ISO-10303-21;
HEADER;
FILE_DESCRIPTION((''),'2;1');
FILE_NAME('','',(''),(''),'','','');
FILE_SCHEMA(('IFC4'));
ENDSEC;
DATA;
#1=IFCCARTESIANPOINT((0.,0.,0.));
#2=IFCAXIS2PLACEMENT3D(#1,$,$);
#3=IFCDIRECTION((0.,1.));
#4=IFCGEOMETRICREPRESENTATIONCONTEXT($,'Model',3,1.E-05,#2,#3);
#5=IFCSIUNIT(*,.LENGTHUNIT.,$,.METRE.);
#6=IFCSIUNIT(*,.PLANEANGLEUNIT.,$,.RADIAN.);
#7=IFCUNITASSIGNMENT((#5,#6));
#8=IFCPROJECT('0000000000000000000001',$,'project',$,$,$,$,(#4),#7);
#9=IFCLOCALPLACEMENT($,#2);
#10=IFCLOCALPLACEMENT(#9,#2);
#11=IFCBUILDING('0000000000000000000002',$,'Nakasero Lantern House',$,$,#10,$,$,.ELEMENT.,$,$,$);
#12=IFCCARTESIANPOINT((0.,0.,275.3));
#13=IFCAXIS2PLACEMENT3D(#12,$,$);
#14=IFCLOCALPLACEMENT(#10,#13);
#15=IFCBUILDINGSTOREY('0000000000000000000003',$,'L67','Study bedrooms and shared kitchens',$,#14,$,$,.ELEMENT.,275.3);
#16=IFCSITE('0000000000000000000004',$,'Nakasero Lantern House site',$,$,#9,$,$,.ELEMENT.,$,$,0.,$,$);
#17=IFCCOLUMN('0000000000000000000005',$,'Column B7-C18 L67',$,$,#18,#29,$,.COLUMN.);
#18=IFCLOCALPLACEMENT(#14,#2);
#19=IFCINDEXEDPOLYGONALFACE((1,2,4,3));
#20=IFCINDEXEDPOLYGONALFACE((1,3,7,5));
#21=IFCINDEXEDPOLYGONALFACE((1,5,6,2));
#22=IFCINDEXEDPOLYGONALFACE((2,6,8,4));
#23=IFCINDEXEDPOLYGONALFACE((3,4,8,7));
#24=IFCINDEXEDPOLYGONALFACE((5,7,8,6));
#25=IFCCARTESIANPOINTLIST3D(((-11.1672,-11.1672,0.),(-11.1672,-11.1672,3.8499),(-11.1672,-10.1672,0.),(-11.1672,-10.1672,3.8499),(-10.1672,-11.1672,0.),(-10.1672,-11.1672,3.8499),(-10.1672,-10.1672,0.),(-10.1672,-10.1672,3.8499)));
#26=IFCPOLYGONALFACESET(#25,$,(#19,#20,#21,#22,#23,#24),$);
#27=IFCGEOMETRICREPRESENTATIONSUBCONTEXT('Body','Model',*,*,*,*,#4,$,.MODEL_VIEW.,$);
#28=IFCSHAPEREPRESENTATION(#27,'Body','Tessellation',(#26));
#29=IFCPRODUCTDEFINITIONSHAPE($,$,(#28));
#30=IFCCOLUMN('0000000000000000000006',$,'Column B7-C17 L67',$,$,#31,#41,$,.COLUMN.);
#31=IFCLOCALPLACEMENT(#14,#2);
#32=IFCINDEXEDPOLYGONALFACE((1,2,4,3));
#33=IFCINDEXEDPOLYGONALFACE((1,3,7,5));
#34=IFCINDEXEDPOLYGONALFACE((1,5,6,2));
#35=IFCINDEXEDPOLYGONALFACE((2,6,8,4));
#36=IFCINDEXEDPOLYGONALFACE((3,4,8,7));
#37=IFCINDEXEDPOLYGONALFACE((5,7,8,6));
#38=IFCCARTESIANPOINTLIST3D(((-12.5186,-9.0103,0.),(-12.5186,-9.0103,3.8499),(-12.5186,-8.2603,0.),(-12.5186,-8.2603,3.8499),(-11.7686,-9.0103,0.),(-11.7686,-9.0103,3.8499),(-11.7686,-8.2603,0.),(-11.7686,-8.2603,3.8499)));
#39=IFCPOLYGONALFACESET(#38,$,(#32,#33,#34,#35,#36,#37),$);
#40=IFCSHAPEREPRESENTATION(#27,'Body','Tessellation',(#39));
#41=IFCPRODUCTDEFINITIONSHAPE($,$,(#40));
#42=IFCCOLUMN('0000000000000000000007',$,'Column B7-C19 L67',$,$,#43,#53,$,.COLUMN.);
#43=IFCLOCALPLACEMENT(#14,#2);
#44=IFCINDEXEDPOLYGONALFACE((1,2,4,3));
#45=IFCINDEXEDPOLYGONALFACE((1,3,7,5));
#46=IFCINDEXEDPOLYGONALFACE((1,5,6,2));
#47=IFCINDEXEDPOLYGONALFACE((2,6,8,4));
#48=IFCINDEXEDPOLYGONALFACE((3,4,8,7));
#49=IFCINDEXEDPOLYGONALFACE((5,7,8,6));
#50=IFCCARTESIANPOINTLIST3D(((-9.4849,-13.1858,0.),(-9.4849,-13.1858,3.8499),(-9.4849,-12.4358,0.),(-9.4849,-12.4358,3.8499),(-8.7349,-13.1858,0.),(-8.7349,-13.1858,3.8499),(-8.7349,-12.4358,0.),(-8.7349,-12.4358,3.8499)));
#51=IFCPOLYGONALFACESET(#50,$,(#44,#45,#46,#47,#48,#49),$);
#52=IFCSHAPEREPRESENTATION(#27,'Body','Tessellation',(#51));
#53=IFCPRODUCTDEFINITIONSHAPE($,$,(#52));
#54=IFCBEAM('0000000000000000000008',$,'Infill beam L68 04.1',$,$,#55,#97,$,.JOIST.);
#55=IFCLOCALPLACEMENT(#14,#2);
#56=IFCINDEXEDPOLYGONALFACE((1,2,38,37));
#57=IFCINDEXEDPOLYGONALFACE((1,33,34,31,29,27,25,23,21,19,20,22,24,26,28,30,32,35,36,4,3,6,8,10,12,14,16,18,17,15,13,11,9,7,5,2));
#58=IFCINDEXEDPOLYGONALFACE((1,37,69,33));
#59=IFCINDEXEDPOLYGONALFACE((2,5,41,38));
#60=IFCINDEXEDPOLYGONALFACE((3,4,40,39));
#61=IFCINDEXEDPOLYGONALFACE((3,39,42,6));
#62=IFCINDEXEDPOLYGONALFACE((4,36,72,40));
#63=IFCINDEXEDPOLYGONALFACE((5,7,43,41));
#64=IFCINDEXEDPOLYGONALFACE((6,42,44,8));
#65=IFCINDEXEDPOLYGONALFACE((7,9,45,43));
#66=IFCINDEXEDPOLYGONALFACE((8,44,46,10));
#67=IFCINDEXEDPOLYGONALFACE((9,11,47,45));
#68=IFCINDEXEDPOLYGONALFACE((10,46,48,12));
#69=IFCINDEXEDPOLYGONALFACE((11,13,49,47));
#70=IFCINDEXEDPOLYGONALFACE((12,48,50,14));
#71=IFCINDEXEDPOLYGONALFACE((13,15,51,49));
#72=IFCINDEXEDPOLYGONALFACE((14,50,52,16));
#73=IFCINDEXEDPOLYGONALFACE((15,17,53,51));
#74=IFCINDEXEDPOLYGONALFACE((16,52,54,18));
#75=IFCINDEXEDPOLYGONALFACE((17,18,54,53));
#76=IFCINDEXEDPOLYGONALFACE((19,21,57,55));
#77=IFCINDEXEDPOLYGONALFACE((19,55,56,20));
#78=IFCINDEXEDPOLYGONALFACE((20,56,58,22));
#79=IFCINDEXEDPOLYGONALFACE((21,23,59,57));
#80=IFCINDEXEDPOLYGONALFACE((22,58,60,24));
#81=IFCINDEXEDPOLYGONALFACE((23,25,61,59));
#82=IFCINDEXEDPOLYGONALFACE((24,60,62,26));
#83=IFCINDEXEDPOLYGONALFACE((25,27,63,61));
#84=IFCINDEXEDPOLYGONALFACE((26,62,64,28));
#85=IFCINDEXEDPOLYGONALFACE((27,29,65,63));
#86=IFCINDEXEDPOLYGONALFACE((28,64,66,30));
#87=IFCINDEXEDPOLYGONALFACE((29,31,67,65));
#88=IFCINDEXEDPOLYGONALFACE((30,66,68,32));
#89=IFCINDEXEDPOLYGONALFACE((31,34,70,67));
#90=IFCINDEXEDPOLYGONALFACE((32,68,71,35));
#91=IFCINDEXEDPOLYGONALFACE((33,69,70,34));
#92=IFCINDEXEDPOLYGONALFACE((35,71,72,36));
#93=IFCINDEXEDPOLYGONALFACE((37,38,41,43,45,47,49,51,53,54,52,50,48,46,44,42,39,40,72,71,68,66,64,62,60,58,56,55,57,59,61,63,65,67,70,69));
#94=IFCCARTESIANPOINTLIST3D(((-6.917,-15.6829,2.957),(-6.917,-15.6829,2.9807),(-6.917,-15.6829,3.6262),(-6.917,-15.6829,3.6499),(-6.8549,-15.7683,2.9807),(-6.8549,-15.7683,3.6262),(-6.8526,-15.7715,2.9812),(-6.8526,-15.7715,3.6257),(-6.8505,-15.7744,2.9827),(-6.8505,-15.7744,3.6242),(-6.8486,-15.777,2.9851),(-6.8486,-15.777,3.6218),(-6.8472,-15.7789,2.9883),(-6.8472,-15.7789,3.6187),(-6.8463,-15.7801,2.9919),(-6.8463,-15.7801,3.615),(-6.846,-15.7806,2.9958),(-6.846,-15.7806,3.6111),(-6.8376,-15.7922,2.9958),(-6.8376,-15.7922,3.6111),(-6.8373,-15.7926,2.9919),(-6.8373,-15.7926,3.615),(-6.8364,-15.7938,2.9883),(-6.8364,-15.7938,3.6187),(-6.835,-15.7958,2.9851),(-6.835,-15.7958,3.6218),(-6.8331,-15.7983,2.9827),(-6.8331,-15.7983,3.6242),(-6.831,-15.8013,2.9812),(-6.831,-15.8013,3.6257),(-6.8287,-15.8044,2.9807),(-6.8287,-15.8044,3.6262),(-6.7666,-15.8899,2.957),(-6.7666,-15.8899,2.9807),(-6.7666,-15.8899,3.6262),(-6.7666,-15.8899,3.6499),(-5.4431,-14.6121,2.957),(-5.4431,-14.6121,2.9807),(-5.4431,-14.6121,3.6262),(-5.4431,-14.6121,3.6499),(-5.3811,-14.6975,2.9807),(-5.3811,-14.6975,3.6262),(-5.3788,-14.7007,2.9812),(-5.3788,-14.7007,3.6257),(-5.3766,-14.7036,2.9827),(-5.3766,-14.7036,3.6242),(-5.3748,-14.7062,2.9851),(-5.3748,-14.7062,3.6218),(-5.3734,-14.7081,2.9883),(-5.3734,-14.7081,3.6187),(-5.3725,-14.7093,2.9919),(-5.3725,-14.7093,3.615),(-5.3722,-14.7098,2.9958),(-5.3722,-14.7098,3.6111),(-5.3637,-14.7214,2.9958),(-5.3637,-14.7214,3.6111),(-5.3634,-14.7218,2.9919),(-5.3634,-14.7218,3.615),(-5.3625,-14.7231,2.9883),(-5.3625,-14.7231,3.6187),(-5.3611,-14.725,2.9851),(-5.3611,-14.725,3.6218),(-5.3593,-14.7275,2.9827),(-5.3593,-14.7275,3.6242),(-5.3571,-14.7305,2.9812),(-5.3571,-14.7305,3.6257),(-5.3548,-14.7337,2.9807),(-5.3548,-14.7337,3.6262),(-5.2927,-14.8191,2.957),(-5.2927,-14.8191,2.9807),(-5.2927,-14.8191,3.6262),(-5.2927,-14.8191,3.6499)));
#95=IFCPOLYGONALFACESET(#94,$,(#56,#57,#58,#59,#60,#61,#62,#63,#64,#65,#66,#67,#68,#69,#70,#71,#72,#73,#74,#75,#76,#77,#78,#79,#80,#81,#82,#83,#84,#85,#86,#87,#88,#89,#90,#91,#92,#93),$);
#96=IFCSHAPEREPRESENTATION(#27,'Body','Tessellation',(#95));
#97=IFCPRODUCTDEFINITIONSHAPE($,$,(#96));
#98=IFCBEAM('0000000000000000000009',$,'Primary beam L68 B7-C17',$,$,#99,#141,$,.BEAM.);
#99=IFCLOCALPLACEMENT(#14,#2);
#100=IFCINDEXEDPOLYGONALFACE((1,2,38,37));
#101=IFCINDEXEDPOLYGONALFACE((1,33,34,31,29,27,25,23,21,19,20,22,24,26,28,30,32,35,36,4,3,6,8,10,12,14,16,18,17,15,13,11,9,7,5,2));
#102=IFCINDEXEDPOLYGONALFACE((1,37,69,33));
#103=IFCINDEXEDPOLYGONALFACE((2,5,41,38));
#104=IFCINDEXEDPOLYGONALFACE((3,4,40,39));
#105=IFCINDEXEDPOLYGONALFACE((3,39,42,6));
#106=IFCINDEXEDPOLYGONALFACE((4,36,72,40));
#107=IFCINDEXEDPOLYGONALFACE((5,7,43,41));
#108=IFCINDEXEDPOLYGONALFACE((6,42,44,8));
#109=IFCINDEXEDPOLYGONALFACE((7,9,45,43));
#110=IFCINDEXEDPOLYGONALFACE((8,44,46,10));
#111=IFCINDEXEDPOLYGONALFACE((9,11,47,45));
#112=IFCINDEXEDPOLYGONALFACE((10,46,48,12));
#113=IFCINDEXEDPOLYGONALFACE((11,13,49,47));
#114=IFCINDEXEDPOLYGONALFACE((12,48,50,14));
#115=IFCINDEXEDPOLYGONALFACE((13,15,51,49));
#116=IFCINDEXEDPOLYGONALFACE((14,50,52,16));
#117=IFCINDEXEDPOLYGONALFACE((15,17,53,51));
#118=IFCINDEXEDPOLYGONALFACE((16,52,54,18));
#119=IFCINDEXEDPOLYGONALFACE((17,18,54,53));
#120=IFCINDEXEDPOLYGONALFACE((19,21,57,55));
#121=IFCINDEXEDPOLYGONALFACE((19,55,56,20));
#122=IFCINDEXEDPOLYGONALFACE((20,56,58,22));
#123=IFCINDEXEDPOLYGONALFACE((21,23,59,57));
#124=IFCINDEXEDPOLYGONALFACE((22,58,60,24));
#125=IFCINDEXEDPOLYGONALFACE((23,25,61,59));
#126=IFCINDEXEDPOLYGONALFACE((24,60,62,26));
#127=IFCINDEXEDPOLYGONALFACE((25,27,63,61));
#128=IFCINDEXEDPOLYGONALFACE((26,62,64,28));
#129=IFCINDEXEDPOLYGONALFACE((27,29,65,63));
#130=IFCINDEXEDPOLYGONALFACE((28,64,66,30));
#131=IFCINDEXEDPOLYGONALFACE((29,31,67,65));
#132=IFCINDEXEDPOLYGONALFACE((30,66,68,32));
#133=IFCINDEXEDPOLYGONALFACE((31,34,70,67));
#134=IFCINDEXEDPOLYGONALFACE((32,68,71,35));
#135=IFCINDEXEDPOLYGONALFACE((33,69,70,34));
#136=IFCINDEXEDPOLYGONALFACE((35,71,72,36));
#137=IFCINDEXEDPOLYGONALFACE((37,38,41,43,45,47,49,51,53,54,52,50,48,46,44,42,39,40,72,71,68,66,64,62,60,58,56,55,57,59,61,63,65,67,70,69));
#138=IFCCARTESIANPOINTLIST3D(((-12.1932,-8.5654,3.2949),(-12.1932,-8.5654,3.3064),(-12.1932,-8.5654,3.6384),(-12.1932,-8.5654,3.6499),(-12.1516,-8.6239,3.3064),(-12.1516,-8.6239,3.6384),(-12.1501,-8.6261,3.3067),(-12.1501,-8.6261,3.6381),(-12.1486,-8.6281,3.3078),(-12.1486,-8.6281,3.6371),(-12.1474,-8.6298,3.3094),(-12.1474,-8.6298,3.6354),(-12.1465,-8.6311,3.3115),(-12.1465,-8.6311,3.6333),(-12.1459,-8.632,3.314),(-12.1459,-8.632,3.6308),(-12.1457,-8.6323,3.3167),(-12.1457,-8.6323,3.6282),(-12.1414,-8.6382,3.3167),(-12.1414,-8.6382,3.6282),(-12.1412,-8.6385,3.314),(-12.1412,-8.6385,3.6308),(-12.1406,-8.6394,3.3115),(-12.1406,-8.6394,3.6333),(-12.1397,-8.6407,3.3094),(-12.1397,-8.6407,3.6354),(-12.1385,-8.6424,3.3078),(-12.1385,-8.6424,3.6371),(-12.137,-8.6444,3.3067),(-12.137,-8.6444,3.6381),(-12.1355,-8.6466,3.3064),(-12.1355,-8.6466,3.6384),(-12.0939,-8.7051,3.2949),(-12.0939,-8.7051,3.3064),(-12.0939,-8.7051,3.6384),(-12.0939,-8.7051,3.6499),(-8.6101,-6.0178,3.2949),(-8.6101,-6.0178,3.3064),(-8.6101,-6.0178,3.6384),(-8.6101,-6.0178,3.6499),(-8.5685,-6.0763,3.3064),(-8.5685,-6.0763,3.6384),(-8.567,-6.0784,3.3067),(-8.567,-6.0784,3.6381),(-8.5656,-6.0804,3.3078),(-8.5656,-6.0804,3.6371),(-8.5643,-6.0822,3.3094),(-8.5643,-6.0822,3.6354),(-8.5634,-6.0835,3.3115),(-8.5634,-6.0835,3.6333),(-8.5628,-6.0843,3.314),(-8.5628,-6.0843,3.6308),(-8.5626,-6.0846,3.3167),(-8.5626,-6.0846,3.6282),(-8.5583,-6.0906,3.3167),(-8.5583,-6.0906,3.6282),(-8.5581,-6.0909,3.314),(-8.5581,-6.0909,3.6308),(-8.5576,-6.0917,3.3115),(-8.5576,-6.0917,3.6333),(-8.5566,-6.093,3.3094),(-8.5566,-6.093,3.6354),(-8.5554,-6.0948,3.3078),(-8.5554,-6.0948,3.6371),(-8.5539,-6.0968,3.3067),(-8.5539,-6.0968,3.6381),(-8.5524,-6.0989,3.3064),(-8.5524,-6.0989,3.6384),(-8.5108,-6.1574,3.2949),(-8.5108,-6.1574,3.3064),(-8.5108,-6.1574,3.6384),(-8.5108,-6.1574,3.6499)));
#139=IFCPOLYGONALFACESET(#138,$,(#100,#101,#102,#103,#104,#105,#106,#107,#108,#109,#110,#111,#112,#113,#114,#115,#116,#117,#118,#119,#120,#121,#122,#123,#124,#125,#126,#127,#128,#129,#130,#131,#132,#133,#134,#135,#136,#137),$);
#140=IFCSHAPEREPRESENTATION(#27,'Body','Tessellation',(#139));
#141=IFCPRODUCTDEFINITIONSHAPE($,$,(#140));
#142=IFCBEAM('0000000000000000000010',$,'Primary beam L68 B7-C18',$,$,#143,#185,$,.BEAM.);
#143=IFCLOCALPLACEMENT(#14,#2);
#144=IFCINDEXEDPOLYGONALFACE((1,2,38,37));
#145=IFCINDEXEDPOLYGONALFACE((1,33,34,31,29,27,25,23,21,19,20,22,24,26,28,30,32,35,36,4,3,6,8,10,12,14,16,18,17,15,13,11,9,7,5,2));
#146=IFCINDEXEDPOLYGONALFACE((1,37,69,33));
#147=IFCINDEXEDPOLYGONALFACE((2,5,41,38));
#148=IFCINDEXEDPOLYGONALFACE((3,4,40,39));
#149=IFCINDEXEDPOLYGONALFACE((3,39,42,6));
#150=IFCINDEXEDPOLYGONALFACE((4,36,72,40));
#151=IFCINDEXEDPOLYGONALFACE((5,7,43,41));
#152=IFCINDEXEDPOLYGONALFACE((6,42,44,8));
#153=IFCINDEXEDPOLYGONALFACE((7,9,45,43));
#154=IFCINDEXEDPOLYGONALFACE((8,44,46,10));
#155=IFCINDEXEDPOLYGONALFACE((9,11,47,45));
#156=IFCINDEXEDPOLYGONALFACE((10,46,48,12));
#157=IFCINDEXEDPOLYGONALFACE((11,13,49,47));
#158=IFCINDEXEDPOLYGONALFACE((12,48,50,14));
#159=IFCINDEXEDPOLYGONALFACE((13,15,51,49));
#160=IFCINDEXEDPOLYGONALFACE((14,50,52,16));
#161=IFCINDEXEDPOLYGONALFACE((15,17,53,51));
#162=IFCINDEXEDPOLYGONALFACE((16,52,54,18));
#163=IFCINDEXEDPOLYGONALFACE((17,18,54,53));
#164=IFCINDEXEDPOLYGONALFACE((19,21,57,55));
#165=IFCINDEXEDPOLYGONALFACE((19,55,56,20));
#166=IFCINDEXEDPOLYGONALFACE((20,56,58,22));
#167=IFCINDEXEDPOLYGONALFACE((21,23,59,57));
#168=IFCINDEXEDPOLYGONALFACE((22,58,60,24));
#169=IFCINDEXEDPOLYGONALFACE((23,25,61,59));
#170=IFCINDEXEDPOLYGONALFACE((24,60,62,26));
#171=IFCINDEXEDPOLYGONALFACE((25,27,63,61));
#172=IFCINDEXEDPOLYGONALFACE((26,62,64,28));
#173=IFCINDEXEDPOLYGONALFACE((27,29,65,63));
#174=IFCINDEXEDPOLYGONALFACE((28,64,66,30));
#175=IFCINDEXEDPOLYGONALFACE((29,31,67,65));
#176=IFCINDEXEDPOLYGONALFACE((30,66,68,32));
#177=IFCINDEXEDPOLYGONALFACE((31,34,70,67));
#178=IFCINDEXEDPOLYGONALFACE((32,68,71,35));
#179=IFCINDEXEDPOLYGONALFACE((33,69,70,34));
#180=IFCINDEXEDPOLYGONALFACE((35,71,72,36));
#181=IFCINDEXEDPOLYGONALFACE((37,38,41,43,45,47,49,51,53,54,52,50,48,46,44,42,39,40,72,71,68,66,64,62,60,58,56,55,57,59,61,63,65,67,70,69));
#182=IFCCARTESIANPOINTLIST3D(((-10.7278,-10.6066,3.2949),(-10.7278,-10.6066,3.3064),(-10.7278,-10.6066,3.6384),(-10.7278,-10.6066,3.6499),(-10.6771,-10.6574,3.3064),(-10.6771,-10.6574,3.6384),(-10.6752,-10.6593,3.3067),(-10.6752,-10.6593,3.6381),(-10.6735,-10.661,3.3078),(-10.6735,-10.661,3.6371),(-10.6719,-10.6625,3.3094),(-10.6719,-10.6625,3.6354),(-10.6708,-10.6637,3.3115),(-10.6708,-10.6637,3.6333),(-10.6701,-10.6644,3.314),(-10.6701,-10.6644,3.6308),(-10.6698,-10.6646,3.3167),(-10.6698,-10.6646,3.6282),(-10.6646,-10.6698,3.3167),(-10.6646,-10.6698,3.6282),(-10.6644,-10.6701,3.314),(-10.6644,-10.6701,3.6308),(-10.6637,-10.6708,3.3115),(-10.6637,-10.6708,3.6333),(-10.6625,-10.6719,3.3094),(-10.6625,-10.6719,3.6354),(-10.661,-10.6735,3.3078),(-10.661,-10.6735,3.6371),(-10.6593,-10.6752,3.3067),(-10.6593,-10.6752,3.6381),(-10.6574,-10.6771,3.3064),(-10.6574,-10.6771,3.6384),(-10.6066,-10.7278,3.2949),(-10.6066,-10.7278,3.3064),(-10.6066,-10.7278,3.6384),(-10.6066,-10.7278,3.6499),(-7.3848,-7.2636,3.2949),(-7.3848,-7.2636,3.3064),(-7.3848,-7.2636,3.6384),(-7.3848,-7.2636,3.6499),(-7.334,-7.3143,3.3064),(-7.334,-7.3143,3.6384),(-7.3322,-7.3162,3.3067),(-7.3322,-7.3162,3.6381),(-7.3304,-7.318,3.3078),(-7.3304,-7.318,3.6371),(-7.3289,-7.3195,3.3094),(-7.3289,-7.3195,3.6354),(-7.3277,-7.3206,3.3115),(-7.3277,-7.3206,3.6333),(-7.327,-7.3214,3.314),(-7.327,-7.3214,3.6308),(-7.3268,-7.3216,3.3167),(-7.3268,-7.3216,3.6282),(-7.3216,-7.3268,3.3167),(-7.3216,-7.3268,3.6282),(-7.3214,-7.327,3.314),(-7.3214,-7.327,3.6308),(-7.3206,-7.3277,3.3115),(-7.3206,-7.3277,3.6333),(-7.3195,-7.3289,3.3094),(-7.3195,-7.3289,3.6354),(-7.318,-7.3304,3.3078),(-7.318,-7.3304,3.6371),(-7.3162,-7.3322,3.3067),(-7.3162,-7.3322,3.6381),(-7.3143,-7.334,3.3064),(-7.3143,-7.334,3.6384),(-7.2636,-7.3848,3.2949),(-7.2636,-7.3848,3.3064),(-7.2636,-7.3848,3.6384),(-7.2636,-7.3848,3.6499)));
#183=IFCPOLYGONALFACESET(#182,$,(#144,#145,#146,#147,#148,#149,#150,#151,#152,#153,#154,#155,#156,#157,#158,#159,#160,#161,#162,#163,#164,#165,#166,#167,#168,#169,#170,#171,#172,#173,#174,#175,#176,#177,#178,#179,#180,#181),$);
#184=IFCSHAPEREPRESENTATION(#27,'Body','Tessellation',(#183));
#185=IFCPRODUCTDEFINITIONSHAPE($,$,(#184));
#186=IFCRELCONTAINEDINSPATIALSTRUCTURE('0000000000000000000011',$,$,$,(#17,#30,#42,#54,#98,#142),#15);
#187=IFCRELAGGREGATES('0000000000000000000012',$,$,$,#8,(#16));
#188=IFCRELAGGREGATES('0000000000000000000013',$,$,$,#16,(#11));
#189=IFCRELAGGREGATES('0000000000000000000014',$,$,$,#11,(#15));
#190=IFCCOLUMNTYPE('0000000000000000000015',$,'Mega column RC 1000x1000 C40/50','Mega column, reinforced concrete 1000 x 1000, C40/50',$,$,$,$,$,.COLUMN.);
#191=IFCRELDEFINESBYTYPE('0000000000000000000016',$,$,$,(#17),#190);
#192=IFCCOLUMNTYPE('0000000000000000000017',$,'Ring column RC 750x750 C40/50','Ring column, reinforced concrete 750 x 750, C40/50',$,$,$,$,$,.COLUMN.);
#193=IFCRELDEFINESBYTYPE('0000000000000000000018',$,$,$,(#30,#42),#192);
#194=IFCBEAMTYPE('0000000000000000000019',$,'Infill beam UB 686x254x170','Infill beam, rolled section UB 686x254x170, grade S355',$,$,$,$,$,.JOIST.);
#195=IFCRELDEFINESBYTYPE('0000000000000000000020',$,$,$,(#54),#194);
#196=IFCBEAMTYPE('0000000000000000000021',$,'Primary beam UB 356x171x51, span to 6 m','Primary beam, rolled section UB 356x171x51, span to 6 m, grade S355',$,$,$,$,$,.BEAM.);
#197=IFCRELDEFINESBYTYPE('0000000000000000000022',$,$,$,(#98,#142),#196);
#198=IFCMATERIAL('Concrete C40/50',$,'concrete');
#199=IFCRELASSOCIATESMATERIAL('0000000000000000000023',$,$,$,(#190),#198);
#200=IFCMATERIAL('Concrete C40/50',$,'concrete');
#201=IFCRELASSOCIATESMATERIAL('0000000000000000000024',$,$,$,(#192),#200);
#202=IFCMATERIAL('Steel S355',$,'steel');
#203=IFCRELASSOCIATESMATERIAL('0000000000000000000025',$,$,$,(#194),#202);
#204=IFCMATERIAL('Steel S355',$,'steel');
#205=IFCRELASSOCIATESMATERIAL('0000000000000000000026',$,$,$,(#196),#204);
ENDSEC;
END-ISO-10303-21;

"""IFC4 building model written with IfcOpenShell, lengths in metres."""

from ifc_helpers import new_model, si_unit, direction, frame, origin, origin_2d, place, context, subcontext, project, spatial, rectangle, i_section, extrude, material, material_profile, profile_set, type_object, element, save


model = new_model("IFC4")

# Units and contexts
model_context = context("Model", 3, precision=1e-05, world=origin(), true_north=direction((0.0, 1.0)))
body_context = subcontext(model_context, "Body", "Model", "MODEL_VIEW")
ifc_project = project(units=[si_unit("LENGTHUNIT", "METRE"), si_unit("PLANEANGLEUNIT", "RADIAN")], contexts=[model_context])

# Site, building, storey
site_placement = place(None, origin())
site = spatial("IfcSite", under=ifc_project, at=site_placement, Name="Nakasero Lantern House site", CompositionType="ELEMENT", RefElevation=0.0)
building_placement = place(site_placement, origin())
building = spatial("IfcBuilding", under=site, at=building_placement, Name="Nakasero Lantern House", CompositionType="ELEMENT")
storey_placement = place(building_placement, frame((0.0, 0.0, 275.3)))
storey = spatial("IfcBuildingStorey", under=building, at=storey_placement, Name="L67", Description="Study bedrooms and shared kitchens", CompositionType="ELEMENT", Elevation=275.3)

# Columns
ifc_material_1 = material(Name="Concrete C40/50", Category="concrete")
ifc_material_profile_1 = material_profile(ifc_material_1, rectangle(XDim=1.0, YDim=1.0, at=origin_2d()), Name="RC 1000x1000")
ifc_profile_set_1 = profile_set([ifc_material_profile_1], Name="Concrete C40/50")
column_type_1 = type_object("IfcColumnType", Name="Mega column RC 1000x1000 C40/50", Description="Mega column, reinforced concrete 1000 x 1000, C40/50", PredefinedType="COLUMN", material=ifc_profile_set_1)
column_placement = place(storey_placement, frame((-10.6672, -10.6672, 0.0), z_axis=(0.0, 0.0, 1.0), x_axis=(1.0, 0.0, 0.0)))
element("IfcColumn", 1, at=column_placement, inside=storey, type_object=column_type_1, Name="Column B7-C18 L67", PredefinedType="COLUMN", context=body_context, shape_type="SweptSolid", body=[
    extrude(rectangle(XDim=1.0, YDim=1.0, at=origin_2d()), origin(), (0.0, 0.0, 1.0), 3.8499),
])
ifc_material_2 = material(Name="Concrete C40/50", Category="concrete")
ifc_material_profile_2 = material_profile(ifc_material_2, rectangle(XDim=0.75, YDim=0.75, at=origin_2d()), Name="RC 750x750")
ifc_profile_set_2 = profile_set([ifc_material_profile_2], Name="Concrete C40/50")
column_type_2 = type_object("IfcColumnType", Name="Ring column RC 750x750 C40/50", Description="Ring column, reinforced concrete 750 x 750, C40/50", PredefinedType="COLUMN", material=ifc_profile_set_2)
for number, where, z_axis, x_axis, name in (
    (2, (-12.1436, -8.6353, 0.0), (0.0, 0.0, 1.0), (1.0, 0.0, 0.0), "Column B7-C17 L67"),
    (3, (-9.1099, -12.8108, 0.0), (0.0, 0.0, 1.0), (1.0, 0.0, 0.0), "Column B7-C19 L67"),
):
    element("IfcColumn", number, at=place(storey_placement, frame(where, z_axis=z_axis, x_axis=x_axis)), inside=storey, type_object=column_type_2, Name=name, PredefinedType="COLUMN", context=body_context, shape_type="SweptSolid", body=[
        extrude(rectangle(XDim=0.75, YDim=0.75, at=origin_2d()), origin(), (0.0, 0.0, 1.0), 3.8499),
    ])

# Beams
ifc_material_3 = material(Name="Steel S355", Category="steel")
ifc_material_profile_3 = material_profile(ifc_material_3, i_section(OverallWidth=0.2559, OverallDepth=0.6929, WebThickness=0.0144, FlangeThickness=0.0237, FilletRadius=0.0151, at=origin_2d()), Name="UB 686x254x170")
ifc_profile_set_3 = profile_set([ifc_material_profile_3], Name="Steel S355")
beam_type_1 = type_object("IfcBeamType", Name="Infill beam UB 686x254x170", Description="Infill beam, rolled section UB 686x254x170, grade S355", PredefinedType="JOIST", material=ifc_profile_set_3)
beam_1_placement = place(storey_placement, frame((-6.8418, -15.7864, 3.3035), z_axis=(0.809026, 0.587773, 0.0), x_axis=(-0.587773, 0.809026, 0.0)))
element("IfcBeam", 4, at=beam_1_placement, inside=storey, type_object=beam_type_1, Name="Infill beam L68 04.1", PredefinedType="JOIST", context=body_context, shape_type="SweptSolid", body=[
    extrude(i_section(OverallWidth=0.2559, OverallDepth=0.6929, WebThickness=0.0144, FlangeThickness=0.0237, FilletRadius=0.0151, at=origin_2d()), origin(), (0.0, 0.0, 1.0), 1.8218),
])
ifc_material_4 = material(Name="Steel S355", Category="steel")
ifc_material_profile_4 = material_profile(ifc_material_4, i_section(OverallWidth=0.1714, OverallDepth=0.355, WebThickness=0.0073, FlangeThickness=0.0115, FilletRadius=0.0103, at=origin_2d()), Name="UB 356x171x51")
ifc_profile_set_4 = profile_set([ifc_material_profile_4], Name="Steel S355")
beam_type_2 = type_object("IfcBeamType", Name="Primary beam UB 356x171x51, span to 6 m", Description="Primary beam, rolled section UB 356x171x51, span to 6 m, grade S355", PredefinedType="BEAM", material=ifc_profile_set_4)
beam_2_placement = place(storey_placement, frame((-12.1436, -8.6353, 3.4724), z_axis=(0.814989, 0.579477, 0.0), x_axis=(-0.579477, 0.814989, 0.0)))
element("IfcBeam", 5, at=beam_2_placement, inside=storey, type_object=beam_type_2, Name="Primary beam L68 B7-C17", PredefinedType="BEAM", context=body_context, shape_type="SweptSolid", body=[
    extrude(i_section(OverallWidth=0.1714, OverallDepth=0.355, WebThickness=0.0073, FlangeThickness=0.0115, FilletRadius=0.0103, at=origin_2d()), origin(), (0.0, 0.0, 1.0), 4.3965),
])
beam_3_placement = place(storey_placement, frame((-10.6672, -10.6672, 3.4724), z_axis=(0.707107, 0.707107, 0.0), x_axis=(-0.707107, 0.707107, 0.0)))
element("IfcBeam", 6, at=beam_3_placement, inside=storey, type_object=beam_type_2, Name="Primary beam L68 B7-C18", PredefinedType="BEAM", context=body_context, shape_type="SweptSolid", body=[
    extrude(i_section(OverallWidth=0.1714, OverallDepth=0.355, WebThickness=0.0073, FlangeThickness=0.0115, FilletRadius=0.0103, at=origin_2d()), origin(), (0.0, 0.0, 1.0), 4.7278),
])

save(model, "model.ifc")
